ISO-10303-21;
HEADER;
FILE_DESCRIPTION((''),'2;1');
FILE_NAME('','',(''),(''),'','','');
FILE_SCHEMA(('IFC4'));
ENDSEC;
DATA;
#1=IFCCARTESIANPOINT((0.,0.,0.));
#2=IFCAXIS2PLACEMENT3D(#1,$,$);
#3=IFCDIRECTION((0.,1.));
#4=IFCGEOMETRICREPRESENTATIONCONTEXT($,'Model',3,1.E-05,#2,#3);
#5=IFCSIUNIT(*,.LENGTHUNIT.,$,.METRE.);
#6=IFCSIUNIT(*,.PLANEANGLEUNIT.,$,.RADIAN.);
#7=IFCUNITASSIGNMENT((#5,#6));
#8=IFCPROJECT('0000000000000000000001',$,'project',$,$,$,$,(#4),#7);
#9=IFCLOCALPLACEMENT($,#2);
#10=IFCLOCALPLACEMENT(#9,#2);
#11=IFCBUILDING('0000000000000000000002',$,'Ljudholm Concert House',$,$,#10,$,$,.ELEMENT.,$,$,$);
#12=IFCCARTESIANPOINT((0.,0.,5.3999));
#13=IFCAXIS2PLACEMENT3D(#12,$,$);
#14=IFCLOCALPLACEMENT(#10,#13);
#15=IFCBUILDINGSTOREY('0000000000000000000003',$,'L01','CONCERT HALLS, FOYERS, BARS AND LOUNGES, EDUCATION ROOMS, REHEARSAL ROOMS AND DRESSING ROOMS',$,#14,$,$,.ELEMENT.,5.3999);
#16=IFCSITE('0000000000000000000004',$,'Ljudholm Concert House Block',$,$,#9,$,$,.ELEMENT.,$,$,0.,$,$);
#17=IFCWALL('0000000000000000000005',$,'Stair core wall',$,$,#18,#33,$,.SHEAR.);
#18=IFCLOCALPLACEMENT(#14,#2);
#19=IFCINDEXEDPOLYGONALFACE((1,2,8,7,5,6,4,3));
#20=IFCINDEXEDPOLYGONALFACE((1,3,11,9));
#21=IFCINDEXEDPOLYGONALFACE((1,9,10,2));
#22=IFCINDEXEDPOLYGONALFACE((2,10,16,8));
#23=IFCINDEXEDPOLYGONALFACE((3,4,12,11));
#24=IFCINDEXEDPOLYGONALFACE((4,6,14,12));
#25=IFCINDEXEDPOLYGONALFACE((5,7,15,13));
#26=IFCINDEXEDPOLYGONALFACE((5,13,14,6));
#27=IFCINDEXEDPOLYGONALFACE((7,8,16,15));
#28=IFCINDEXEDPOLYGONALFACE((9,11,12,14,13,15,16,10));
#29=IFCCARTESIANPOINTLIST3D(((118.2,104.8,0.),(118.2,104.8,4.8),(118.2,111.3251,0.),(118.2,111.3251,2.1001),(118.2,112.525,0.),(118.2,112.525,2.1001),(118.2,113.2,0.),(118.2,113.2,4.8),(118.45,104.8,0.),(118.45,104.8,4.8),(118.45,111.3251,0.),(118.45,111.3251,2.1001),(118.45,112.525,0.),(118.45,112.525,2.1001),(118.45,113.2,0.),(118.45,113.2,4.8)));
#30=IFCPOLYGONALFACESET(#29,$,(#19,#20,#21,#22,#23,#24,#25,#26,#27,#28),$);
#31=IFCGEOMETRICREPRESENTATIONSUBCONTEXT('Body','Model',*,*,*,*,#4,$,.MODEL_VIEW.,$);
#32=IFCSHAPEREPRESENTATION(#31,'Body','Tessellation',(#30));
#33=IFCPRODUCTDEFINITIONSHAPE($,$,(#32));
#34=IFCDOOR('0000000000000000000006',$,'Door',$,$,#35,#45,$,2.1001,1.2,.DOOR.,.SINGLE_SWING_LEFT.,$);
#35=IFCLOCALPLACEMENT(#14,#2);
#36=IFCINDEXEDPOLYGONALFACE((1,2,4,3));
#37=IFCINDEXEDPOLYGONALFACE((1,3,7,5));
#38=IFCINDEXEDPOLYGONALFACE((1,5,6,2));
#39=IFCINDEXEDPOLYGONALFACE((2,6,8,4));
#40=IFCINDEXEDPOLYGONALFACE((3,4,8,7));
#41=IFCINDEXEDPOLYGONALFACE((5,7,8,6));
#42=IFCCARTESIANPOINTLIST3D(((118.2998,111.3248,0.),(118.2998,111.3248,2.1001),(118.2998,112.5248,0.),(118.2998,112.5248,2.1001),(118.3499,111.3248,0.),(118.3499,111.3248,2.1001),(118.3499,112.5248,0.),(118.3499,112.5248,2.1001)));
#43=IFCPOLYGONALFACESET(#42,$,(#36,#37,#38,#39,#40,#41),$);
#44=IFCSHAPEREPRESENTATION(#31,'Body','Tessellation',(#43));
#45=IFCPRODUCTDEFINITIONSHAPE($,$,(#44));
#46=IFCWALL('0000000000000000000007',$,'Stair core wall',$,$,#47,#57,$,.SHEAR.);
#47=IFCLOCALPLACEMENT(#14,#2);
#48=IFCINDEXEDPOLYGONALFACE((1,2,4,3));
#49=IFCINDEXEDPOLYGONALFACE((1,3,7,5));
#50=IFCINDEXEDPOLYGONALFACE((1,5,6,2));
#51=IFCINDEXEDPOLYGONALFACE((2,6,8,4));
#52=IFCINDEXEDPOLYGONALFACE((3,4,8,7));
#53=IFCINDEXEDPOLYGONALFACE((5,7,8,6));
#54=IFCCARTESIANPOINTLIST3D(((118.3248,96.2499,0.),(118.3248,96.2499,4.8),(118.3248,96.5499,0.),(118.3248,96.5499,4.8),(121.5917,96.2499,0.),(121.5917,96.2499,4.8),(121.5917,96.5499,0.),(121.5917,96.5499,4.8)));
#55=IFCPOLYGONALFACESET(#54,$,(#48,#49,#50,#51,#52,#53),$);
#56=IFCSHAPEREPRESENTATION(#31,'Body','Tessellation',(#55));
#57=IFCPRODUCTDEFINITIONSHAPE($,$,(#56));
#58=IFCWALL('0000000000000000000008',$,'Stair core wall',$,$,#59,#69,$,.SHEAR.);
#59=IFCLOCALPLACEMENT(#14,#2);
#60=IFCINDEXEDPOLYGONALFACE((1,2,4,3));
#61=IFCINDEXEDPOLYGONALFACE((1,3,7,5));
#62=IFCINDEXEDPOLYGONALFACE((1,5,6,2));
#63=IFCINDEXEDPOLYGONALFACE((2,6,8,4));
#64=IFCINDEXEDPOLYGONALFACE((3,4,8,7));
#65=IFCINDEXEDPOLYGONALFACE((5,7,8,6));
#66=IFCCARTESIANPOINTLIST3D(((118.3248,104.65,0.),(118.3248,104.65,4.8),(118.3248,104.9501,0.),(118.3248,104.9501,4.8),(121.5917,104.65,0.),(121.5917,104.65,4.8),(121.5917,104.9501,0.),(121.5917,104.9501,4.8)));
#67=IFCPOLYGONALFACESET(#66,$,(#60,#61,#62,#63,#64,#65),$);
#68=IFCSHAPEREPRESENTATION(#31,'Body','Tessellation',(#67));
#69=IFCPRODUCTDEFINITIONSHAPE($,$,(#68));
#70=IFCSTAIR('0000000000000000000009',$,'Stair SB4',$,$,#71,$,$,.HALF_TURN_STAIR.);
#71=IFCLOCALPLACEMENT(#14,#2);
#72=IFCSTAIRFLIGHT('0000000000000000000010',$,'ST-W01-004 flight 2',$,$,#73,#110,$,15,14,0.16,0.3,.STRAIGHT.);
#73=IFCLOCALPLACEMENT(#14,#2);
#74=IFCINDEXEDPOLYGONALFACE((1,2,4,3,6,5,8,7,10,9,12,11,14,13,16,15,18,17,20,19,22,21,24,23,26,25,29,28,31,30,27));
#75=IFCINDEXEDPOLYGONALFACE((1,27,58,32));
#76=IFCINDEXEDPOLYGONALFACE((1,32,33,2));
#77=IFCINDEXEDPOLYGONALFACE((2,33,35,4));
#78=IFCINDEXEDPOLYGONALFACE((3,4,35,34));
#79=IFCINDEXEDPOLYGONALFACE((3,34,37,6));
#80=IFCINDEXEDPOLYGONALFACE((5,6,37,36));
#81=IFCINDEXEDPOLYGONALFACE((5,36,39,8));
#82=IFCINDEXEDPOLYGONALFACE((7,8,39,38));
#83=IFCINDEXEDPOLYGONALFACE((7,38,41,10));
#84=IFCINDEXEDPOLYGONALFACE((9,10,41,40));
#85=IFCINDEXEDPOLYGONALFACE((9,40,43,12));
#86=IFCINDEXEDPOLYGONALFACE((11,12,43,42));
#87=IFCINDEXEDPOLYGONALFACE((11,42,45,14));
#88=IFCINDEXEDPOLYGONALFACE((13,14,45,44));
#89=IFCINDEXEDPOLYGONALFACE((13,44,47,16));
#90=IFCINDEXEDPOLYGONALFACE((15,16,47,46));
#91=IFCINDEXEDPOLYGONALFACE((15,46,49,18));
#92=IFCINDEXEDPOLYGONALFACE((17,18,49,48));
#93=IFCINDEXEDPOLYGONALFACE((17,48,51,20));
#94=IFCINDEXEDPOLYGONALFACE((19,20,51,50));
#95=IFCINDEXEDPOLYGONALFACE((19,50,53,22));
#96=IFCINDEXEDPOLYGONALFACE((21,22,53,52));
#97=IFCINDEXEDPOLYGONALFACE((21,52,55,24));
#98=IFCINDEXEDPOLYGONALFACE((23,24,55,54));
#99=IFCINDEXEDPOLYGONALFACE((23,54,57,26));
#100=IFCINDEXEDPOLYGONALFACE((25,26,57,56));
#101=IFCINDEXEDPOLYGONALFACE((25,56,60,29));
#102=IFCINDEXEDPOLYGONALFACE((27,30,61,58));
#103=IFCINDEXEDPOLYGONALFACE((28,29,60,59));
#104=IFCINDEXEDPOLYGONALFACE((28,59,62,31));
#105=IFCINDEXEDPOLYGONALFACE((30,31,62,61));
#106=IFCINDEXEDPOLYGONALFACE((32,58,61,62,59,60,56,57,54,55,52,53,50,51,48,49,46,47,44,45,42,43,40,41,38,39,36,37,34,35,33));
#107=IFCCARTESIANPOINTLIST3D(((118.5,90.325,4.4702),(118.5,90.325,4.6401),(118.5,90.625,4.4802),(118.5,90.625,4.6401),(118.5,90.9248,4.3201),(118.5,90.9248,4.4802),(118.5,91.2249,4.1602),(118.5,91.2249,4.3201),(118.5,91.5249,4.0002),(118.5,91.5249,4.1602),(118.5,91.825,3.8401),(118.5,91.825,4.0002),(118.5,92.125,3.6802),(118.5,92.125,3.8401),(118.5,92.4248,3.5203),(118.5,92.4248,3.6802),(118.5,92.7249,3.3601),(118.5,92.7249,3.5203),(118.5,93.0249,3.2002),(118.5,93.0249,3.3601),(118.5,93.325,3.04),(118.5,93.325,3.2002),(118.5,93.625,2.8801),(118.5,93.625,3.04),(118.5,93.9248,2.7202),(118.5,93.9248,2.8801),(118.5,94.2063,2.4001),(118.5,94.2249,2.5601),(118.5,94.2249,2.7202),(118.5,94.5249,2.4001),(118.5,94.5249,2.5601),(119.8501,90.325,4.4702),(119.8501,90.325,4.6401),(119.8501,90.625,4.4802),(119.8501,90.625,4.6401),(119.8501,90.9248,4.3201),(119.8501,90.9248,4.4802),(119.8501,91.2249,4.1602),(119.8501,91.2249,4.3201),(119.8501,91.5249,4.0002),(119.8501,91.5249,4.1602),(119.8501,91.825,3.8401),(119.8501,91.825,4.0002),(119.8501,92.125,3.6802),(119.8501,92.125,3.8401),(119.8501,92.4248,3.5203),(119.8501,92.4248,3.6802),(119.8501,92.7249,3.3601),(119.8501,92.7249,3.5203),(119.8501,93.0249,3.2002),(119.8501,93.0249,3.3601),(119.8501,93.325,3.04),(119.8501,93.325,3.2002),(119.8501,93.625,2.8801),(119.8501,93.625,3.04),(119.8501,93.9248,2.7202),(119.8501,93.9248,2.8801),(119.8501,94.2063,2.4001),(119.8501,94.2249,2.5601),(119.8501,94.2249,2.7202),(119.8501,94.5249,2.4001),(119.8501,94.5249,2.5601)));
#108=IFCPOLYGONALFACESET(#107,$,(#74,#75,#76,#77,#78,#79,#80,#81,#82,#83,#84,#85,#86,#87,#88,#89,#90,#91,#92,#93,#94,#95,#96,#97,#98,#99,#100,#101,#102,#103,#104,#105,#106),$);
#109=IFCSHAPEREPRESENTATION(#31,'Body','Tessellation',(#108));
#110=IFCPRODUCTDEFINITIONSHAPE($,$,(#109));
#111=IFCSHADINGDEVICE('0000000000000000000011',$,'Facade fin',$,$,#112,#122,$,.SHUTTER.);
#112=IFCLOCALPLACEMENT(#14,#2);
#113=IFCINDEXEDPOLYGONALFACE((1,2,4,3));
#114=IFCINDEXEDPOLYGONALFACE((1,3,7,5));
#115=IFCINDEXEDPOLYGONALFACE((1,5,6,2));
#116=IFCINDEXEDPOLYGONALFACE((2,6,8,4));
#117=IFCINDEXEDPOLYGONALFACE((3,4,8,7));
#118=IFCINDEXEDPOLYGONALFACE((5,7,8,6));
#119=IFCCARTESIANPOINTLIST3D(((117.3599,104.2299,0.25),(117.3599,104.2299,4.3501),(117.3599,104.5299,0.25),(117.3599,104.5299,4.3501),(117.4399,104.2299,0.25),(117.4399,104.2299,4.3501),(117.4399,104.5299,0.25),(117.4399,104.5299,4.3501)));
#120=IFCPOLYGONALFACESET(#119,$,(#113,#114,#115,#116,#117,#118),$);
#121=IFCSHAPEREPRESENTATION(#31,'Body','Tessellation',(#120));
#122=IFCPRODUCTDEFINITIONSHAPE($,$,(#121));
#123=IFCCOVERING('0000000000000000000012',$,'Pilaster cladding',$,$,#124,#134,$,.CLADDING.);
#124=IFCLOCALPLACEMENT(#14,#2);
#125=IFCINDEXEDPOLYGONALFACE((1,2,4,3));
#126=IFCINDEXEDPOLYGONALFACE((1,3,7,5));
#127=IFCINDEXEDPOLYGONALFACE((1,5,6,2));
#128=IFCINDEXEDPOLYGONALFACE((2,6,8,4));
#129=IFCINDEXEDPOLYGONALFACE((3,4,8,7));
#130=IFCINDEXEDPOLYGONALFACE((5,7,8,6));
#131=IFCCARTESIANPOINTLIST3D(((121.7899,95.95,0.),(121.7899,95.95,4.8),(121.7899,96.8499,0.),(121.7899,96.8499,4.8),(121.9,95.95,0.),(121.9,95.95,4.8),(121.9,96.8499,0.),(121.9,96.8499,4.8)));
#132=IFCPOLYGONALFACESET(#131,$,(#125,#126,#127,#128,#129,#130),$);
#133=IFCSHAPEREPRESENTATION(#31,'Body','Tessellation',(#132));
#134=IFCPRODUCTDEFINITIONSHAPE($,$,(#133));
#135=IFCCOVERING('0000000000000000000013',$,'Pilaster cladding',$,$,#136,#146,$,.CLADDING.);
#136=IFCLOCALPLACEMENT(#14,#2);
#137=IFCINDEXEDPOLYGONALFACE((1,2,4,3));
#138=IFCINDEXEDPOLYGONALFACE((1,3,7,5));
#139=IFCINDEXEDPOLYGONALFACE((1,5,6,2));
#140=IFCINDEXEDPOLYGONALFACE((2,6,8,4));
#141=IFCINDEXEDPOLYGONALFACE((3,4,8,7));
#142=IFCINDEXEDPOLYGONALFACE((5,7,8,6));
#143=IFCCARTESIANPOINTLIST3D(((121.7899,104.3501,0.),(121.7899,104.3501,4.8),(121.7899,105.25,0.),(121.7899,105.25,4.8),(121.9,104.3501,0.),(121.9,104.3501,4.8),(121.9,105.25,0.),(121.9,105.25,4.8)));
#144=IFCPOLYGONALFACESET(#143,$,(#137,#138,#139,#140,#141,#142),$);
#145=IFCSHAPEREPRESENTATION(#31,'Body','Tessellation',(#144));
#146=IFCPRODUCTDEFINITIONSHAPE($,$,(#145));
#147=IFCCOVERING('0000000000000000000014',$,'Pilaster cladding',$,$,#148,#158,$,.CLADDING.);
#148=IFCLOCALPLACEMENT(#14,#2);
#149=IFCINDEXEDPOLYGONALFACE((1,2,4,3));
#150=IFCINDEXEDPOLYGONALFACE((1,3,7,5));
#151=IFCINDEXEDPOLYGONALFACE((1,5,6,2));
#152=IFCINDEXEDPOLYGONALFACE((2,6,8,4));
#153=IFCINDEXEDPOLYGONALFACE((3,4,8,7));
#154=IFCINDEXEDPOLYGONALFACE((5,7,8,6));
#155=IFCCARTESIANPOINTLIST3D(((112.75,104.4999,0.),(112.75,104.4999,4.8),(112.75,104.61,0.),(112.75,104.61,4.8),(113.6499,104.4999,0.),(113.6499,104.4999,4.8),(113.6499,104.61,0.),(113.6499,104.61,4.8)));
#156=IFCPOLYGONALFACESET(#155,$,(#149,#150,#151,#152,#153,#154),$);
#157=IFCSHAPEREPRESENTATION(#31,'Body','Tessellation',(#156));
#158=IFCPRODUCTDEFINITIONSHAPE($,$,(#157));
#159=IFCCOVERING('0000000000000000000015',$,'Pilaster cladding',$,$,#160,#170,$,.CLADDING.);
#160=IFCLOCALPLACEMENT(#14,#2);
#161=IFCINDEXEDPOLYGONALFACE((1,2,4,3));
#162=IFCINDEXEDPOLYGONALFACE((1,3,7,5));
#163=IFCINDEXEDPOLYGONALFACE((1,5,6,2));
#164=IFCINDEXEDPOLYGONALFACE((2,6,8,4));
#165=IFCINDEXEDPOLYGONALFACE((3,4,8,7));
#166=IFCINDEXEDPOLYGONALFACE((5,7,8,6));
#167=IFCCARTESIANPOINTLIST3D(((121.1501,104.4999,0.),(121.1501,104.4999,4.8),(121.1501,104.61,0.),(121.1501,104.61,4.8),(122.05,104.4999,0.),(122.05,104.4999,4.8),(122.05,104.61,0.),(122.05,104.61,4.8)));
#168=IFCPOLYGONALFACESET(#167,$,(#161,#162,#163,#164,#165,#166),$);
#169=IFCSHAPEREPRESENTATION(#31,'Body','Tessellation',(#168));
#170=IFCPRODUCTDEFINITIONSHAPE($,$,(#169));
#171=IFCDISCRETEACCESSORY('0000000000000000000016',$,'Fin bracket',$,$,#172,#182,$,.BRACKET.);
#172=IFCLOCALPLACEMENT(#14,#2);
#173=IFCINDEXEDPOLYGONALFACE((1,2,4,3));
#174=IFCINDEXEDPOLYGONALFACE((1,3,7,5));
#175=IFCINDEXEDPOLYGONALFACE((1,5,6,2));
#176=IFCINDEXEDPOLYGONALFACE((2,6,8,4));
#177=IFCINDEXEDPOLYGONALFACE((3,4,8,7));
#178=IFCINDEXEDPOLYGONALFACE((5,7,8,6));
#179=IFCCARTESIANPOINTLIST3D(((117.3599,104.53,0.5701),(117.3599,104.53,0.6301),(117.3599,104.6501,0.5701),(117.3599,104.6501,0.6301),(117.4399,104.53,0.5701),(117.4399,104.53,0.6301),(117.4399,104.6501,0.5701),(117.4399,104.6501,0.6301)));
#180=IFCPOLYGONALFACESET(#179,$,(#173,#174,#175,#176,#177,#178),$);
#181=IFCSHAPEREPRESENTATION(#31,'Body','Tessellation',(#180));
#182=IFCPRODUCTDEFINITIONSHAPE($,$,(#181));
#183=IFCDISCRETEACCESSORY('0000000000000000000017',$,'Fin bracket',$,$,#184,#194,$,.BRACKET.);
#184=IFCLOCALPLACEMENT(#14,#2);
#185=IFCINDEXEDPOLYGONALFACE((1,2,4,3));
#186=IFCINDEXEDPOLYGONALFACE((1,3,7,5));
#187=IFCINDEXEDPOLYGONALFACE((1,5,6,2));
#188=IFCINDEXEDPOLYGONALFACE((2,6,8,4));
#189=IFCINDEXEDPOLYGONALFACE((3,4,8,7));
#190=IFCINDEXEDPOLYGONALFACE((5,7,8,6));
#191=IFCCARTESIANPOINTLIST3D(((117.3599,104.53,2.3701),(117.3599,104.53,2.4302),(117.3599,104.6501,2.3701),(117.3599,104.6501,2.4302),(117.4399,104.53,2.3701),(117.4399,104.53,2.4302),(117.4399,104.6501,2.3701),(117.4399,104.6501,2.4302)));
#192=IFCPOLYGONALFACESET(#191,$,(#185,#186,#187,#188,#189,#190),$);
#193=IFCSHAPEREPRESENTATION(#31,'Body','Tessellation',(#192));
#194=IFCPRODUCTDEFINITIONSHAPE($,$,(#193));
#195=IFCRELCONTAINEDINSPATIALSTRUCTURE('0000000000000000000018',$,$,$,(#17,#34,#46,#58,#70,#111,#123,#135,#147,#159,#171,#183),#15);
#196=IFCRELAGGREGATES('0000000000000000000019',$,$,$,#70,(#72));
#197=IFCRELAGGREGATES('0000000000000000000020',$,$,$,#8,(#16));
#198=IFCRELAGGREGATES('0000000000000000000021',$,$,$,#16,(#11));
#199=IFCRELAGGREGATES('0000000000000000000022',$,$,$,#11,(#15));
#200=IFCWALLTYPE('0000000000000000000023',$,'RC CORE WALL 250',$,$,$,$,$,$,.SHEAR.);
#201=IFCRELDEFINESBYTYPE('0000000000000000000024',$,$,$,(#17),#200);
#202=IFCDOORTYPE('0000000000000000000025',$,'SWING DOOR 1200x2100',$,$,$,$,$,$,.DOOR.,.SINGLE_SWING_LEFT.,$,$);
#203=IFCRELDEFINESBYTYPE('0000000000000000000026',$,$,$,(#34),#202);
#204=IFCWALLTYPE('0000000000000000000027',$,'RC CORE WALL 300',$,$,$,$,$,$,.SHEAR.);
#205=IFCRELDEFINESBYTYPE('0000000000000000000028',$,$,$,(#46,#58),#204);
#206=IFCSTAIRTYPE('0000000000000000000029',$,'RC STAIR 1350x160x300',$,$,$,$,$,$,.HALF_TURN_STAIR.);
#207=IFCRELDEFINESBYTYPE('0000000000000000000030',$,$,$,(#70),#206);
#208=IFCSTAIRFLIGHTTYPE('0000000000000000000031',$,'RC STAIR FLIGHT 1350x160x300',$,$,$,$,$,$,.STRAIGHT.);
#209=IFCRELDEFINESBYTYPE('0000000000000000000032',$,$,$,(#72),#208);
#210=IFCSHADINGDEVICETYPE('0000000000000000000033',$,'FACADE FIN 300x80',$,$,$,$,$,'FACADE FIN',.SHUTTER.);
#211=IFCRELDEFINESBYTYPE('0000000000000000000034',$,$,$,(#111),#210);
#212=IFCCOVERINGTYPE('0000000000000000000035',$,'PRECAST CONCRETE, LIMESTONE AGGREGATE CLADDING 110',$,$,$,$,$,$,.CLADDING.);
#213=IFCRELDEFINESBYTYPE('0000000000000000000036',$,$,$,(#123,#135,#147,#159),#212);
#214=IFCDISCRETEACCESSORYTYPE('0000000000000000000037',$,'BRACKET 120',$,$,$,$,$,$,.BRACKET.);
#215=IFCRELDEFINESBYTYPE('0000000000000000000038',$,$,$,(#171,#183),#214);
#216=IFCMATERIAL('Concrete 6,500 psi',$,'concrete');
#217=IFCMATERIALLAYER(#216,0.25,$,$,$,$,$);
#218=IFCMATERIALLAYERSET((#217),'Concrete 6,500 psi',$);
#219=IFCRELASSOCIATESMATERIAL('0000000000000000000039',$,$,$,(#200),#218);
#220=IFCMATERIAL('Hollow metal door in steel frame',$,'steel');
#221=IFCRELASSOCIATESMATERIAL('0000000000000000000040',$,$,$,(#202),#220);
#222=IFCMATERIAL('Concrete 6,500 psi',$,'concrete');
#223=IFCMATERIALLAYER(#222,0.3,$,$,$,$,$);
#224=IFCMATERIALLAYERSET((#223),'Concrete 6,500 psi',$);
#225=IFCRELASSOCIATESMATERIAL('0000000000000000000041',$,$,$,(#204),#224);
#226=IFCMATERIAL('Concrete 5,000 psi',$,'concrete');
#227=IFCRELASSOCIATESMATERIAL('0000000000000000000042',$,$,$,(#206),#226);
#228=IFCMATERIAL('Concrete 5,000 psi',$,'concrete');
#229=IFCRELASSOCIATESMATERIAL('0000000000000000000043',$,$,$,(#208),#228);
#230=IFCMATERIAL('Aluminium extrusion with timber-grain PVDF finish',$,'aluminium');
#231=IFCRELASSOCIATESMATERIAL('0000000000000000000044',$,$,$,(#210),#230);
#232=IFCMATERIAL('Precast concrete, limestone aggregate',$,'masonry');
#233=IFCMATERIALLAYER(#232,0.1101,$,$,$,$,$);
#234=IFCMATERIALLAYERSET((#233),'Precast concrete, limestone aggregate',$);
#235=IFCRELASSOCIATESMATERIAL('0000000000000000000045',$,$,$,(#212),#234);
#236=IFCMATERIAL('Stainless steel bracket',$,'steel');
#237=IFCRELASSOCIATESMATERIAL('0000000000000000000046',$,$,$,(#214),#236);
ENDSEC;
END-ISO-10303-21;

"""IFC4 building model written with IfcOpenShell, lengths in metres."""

from ifc_helpers import new_model, si_unit, direction, frame, frame_2d, origin, origin_2d, place, context, subcontext, project, spatial, polyline, rectangle, outline, extrude, material, layer, layer_set, type_object, element, fill, aggregate, save


model = new_model("IFC4")

# Units and contexts
model_context = context("Model", 3, precision=1e-05, world=origin(), true_north=direction((0.0, 1.0)))
body_context = subcontext(model_context, "Body", "Model", "MODEL_VIEW")
ifc_project = project(units=[si_unit("LENGTHUNIT", "METRE"), si_unit("PLANEANGLEUNIT", "RADIAN")], contexts=[model_context])

# Site, building, storey
site_placement = place(None, origin())
site = spatial("IfcSite", under=ifc_project, at=site_placement, Name="Ljudholm Concert House Block", CompositionType="ELEMENT", RefElevation=0.0)
building_placement = place(site_placement, origin())
building = spatial("IfcBuilding", under=site, at=building_placement, Name="Ljudholm Concert House", CompositionType="ELEMENT")
storey_placement = place(building_placement, frame((0.0, 0.0, 5.3999)))
storey = spatial("IfcBuildingStorey", under=building, at=storey_placement, Name="L01", Description="CONCERT HALLS, FOYERS, BARS AND LOUNGES, EDUCATION ROOMS, REHEARSAL ROOMS AND DRESSING ROOMS", CompositionType="ELEMENT", Elevation=5.3999)

# Wall, opening, door
ifc_material_1 = material(Name="Concrete 6,500 psi", Category="concrete")
ifc_layer_1 = layer(ifc_material_1, 0.25)
ifc_layer_set_1 = layer_set([ifc_layer_1], Name="Concrete 6,500 psi")
wall_type_1 = type_object("IfcWallType", Name="RC CORE WALL 250", PredefinedType="SHEAR", material=ifc_layer_set_1)
wall_1_placement = place(storey_placement, frame((118.325, 104.8, 0.0), z_axis=(0.0, 0.0, 1.0), x_axis=(0.0, 1.0, 0.0)))
wall_1 = element("IfcWall", 1, at=wall_1_placement, inside=storey, type_object=wall_type_1, Name="Stair core wall", PredefinedType="SHEAR", context=body_context, shape_type="SweptSolid", body=[
    extrude(rectangle(XDim=8.3999, YDim=0.25, at=frame_2d((4.2, 0.0))), origin(), (0.0, 0.0, 1.0), 4.8),
])
opening_placement = place(wall_1_placement, frame((6.5249, 0.0, 0.0)))
opening = element("IfcOpeningElement", 2, at=opening_placement, cuts=wall_1, PredefinedType="OPENING", context=body_context, shape_type="SweptSolid", body=[
    extrude(rectangle(XDim=1.2, YDim=2.1001, at=frame_2d((0.6001, 1.05))), frame((0.0, 0.135, 0.0), z_axis=(0.0, -1.0, 0.0), x_axis=(1.0, 0.0, 0.0)), (0.0, 0.0, 1.0), 0.27),
])
ifc_material_2 = material(Name="Hollow metal door in steel frame", Category="steel")
door_type = type_object("IfcDoorType", Name="SWING DOOR 1200x2100", OperationType="SINGLE_SWING_LEFT", PredefinedType="DOOR", material=ifc_material_2)
door_placement = place(opening_placement, frame((1.2, 0.0, 0.0), z_axis=(0.0, 0.0, 1.0), x_axis=(-1.0, 0.0, 0.0)))
door = element("IfcDoor", 3, at=door_placement, inside=storey, type_object=door_type, Name="Door", OperationType="SINGLE_SWING_LEFT", OverallHeight=2.1001, OverallWidth=1.2, PredefinedType="DOOR", context=body_context, shape_type="SweptSolid", body=[
    extrude(rectangle(XDim=1.2, YDim=2.1001, at=frame_2d((0.6001, 1.05))), frame((0.0, 0.0249, 0.0), z_axis=(0.0, -1.0, 0.0), x_axis=(1.0, 0.0, 0.0)), (0.0, 0.0, 1.0), 0.05),
])
fill(opening, door)

# Walls
ifc_material_3 = material(Name="Concrete 6,500 psi", Category="concrete")
ifc_layer_2 = layer(ifc_material_3, 0.3)
ifc_layer_set_2 = layer_set([ifc_layer_2], Name="Concrete 6,500 psi")
wall_type_2 = type_object("IfcWallType", Name="RC CORE WALL 300", PredefinedType="SHEAR", material=ifc_layer_set_2)
for number, where, z_axis, x_axis, name in (
    (4, (118.325, 96.3999, 0.0), (0.0, 0.0, 1.0), (1.0, 0.0, 0.0), "Stair core wall"),
    (5, (118.325, 104.8, 0.0), (0.0, 0.0, 1.0), (1.0, 0.0, 0.0), "Stair core wall"),
):
    element("IfcWall", number, at=place(storey_placement, frame(where, z_axis=z_axis, x_axis=x_axis)), inside=storey, type_object=wall_type_2, Name=name, PredefinedType="SHEAR", context=body_context, shape_type="SweptSolid", body=[
        extrude(rectangle(XDim=3.2668, YDim=0.3, at=frame_2d((1.6333, 0.0))), origin(), (0.0, 0.0, 1.0), 4.8),
    ])

# Stair, stair flight
ifc_material_4 = material(Name="Concrete 5,000 psi", Category="concrete")
stair_type = type_object("IfcStairType", Name="RC STAIR 1350x160x300", PredefinedType="HALF_TURN_STAIR", material=ifc_material_4)
stair_placement = place(storey_placement, origin())
stair = element("IfcStair", 6, at=stair_placement, inside=storey, type_object=stair_type, Name="Stair SB4", PredefinedType="HALF_TURN_STAIR")
ifc_material_5 = material(Name="Concrete 5,000 psi", Category="concrete")
stair_flight_type = type_object("IfcStairFlightType", Name="RC STAIR FLIGHT 1350x160x300", PredefinedType="STRAIGHT", material=ifc_material_5)
stair_flight_placement = place(storey_placement, frame((119.175, 94.5249, 2.4001), z_axis=(0.0, 0.0, 1.0), x_axis=(0.0, -1.0, 0.0)))
stair_flight = element("IfcStairFlight", 7, at=stair_flight_placement, type_object=stair_flight_type, Name="ST-W01-004 flight 2", NumberOfRisers=15, NumberOfTreads=14, PredefinedType="STRAIGHT", RiserHeight=0.16, TreadLength=0.3, context=body_context, shape_type="SweptSolid", body=[
    extrude(outline(polyline([(0.0, 0.0), (0.0, 0.1599), (0.3, 0.1599), (0.3, 0.3201), (0.6001, 0.3201), (0.6001, 0.48), (0.8999, 0.48), (0.8999, 0.6399), (1.2, 0.6399), (1.2, 0.8), (1.5, 0.8), (1.5, 0.96), (1.8, 0.96), (1.8, 1.1201), (2.1001, 1.1201), (2.1001, 1.28), (2.3999, 1.28), (2.3999, 1.4399), (2.7, 1.4399), (2.7, 1.6001), (3.0, 1.6001), (3.0, 1.76), (3.3, 1.76), (3.3, 1.9199), (3.6001, 1.9199), (3.6001, 2.0801), (3.8999, 2.0801), (3.8999, 2.24), (4.2, 2.24), (4.2, 2.3999), (4.2, 2.0701), (0.3186, 0.0), (0.0, 0.0)])), frame((0.0, 0.675, 0.0), z_axis=(0.0, -1.0, 0.0), x_axis=(1.0, 0.0, 0.0)), (0.0, 0.0, 1.0), 1.3501),
])
aggregate(stair, [stair_flight])

# Shading device
ifc_material_6 = material(Name="Aluminium extrusion with timber-grain PVDF finish", Category="aluminium")
shading_device_type = type_object("IfcShadingDeviceType", Name="FACADE FIN 300x80", ElementType="FACADE FIN", PredefinedType="SHUTTER", material=ifc_material_6)
shading_device_placement = place(storey_placement, frame((117.3999, 104.3799, 0.25), z_axis=(0.0, 0.0, 1.0), x_axis=(0.0, -1.0, 0.0)))
element("IfcShadingDevice", 8, at=shading_device_placement, inside=storey, type_object=shading_device_type, Name="Facade fin", PredefinedType="SHUTTER", context=body_context, shape_type="SweptSolid", body=[
    extrude(rectangle(XDim=0.3, YDim=0.0801, at=origin_2d()), origin(), (0.0, 0.0, 1.0), 4.1001),
])

# Coverings
ifc_material_7 = material(Name="Precast concrete, limestone aggregate", Category="masonry")
ifc_layer_3 = layer(ifc_material_7, 0.1101)
ifc_layer_set_3 = layer_set([ifc_layer_3], Name="Precast concrete, limestone aggregate")
covering_type = type_object("IfcCoveringType", Name="PRECAST CONCRETE, LIMESTONE AGGREGATE CLADDING 110", PredefinedType="CLADDING", material=ifc_layer_set_3)
for number, where, z_axis, x_axis, name in (
    (9, (121.845, 96.3999, 0.0), (0.0, 0.0, 1.0), (1.0, 0.0, 0.0), "Pilaster cladding"),
    (10, (121.845, 104.8, 0.0), (0.0, 0.0, 1.0), (1.0, 0.0, 0.0), "Pilaster cladding"),
    (11, (113.2, 104.5549, 0.0), (0.0, 0.0, 1.0), (0.0, -1.0, 0.0), "Pilaster cladding"),
    (12, (121.6001, 104.5549, 0.0), (0.0, 0.0, 1.0), (0.0, -1.0, 0.0), "Pilaster cladding"),
):
    element("IfcCovering", number, at=place(storey_placement, frame(where, z_axis=z_axis, x_axis=x_axis)), inside=storey, type_object=covering_type, Name=name, PredefinedType="CLADDING", context=body_context, shape_type="SweptSolid", body=[
        extrude(rectangle(XDim=0.1101, YDim=0.8999, at=origin_2d()), origin(), (0.0, 0.0, 1.0), 4.8),
    ])

# Discrete accessories
ifc_material_8 = material(Name="Stainless steel bracket", Category="steel")
discrete_accessory_type_1 = type_object("IfcDiscreteAccessoryType", Name="BRACKET 120", PredefinedType="BRACKET", material=ifc_material_8)
for number, where, z_axis, x_axis, name in (
    (13, (117.3999, 104.5901, 0.5701), (0.0, 0.0, 1.0), (0.0, -1.0, 0.0), "Fin bracket"),
    (14, (117.3999, 104.5901, 2.3701), (0.0, 0.0, 1.0), (0.0, -1.0, 0.0), "Fin bracket"),
):
    element("IfcDiscreteAccessory", number, at=place(storey_placement, frame(where, z_axis=z_axis, x_axis=x_axis)), inside=storey, type_object=discrete_accessory_type_1, Name=name, PredefinedType="BRACKET", context=body_context, shape_type="SweptSolid", body=[
        extrude(rectangle(XDim=0.1201, YDim=0.0801, at=origin_2d()), origin(), (0.0, 0.0, 1.0), 0.0601),
    ])

save(model, "model.ifc")
